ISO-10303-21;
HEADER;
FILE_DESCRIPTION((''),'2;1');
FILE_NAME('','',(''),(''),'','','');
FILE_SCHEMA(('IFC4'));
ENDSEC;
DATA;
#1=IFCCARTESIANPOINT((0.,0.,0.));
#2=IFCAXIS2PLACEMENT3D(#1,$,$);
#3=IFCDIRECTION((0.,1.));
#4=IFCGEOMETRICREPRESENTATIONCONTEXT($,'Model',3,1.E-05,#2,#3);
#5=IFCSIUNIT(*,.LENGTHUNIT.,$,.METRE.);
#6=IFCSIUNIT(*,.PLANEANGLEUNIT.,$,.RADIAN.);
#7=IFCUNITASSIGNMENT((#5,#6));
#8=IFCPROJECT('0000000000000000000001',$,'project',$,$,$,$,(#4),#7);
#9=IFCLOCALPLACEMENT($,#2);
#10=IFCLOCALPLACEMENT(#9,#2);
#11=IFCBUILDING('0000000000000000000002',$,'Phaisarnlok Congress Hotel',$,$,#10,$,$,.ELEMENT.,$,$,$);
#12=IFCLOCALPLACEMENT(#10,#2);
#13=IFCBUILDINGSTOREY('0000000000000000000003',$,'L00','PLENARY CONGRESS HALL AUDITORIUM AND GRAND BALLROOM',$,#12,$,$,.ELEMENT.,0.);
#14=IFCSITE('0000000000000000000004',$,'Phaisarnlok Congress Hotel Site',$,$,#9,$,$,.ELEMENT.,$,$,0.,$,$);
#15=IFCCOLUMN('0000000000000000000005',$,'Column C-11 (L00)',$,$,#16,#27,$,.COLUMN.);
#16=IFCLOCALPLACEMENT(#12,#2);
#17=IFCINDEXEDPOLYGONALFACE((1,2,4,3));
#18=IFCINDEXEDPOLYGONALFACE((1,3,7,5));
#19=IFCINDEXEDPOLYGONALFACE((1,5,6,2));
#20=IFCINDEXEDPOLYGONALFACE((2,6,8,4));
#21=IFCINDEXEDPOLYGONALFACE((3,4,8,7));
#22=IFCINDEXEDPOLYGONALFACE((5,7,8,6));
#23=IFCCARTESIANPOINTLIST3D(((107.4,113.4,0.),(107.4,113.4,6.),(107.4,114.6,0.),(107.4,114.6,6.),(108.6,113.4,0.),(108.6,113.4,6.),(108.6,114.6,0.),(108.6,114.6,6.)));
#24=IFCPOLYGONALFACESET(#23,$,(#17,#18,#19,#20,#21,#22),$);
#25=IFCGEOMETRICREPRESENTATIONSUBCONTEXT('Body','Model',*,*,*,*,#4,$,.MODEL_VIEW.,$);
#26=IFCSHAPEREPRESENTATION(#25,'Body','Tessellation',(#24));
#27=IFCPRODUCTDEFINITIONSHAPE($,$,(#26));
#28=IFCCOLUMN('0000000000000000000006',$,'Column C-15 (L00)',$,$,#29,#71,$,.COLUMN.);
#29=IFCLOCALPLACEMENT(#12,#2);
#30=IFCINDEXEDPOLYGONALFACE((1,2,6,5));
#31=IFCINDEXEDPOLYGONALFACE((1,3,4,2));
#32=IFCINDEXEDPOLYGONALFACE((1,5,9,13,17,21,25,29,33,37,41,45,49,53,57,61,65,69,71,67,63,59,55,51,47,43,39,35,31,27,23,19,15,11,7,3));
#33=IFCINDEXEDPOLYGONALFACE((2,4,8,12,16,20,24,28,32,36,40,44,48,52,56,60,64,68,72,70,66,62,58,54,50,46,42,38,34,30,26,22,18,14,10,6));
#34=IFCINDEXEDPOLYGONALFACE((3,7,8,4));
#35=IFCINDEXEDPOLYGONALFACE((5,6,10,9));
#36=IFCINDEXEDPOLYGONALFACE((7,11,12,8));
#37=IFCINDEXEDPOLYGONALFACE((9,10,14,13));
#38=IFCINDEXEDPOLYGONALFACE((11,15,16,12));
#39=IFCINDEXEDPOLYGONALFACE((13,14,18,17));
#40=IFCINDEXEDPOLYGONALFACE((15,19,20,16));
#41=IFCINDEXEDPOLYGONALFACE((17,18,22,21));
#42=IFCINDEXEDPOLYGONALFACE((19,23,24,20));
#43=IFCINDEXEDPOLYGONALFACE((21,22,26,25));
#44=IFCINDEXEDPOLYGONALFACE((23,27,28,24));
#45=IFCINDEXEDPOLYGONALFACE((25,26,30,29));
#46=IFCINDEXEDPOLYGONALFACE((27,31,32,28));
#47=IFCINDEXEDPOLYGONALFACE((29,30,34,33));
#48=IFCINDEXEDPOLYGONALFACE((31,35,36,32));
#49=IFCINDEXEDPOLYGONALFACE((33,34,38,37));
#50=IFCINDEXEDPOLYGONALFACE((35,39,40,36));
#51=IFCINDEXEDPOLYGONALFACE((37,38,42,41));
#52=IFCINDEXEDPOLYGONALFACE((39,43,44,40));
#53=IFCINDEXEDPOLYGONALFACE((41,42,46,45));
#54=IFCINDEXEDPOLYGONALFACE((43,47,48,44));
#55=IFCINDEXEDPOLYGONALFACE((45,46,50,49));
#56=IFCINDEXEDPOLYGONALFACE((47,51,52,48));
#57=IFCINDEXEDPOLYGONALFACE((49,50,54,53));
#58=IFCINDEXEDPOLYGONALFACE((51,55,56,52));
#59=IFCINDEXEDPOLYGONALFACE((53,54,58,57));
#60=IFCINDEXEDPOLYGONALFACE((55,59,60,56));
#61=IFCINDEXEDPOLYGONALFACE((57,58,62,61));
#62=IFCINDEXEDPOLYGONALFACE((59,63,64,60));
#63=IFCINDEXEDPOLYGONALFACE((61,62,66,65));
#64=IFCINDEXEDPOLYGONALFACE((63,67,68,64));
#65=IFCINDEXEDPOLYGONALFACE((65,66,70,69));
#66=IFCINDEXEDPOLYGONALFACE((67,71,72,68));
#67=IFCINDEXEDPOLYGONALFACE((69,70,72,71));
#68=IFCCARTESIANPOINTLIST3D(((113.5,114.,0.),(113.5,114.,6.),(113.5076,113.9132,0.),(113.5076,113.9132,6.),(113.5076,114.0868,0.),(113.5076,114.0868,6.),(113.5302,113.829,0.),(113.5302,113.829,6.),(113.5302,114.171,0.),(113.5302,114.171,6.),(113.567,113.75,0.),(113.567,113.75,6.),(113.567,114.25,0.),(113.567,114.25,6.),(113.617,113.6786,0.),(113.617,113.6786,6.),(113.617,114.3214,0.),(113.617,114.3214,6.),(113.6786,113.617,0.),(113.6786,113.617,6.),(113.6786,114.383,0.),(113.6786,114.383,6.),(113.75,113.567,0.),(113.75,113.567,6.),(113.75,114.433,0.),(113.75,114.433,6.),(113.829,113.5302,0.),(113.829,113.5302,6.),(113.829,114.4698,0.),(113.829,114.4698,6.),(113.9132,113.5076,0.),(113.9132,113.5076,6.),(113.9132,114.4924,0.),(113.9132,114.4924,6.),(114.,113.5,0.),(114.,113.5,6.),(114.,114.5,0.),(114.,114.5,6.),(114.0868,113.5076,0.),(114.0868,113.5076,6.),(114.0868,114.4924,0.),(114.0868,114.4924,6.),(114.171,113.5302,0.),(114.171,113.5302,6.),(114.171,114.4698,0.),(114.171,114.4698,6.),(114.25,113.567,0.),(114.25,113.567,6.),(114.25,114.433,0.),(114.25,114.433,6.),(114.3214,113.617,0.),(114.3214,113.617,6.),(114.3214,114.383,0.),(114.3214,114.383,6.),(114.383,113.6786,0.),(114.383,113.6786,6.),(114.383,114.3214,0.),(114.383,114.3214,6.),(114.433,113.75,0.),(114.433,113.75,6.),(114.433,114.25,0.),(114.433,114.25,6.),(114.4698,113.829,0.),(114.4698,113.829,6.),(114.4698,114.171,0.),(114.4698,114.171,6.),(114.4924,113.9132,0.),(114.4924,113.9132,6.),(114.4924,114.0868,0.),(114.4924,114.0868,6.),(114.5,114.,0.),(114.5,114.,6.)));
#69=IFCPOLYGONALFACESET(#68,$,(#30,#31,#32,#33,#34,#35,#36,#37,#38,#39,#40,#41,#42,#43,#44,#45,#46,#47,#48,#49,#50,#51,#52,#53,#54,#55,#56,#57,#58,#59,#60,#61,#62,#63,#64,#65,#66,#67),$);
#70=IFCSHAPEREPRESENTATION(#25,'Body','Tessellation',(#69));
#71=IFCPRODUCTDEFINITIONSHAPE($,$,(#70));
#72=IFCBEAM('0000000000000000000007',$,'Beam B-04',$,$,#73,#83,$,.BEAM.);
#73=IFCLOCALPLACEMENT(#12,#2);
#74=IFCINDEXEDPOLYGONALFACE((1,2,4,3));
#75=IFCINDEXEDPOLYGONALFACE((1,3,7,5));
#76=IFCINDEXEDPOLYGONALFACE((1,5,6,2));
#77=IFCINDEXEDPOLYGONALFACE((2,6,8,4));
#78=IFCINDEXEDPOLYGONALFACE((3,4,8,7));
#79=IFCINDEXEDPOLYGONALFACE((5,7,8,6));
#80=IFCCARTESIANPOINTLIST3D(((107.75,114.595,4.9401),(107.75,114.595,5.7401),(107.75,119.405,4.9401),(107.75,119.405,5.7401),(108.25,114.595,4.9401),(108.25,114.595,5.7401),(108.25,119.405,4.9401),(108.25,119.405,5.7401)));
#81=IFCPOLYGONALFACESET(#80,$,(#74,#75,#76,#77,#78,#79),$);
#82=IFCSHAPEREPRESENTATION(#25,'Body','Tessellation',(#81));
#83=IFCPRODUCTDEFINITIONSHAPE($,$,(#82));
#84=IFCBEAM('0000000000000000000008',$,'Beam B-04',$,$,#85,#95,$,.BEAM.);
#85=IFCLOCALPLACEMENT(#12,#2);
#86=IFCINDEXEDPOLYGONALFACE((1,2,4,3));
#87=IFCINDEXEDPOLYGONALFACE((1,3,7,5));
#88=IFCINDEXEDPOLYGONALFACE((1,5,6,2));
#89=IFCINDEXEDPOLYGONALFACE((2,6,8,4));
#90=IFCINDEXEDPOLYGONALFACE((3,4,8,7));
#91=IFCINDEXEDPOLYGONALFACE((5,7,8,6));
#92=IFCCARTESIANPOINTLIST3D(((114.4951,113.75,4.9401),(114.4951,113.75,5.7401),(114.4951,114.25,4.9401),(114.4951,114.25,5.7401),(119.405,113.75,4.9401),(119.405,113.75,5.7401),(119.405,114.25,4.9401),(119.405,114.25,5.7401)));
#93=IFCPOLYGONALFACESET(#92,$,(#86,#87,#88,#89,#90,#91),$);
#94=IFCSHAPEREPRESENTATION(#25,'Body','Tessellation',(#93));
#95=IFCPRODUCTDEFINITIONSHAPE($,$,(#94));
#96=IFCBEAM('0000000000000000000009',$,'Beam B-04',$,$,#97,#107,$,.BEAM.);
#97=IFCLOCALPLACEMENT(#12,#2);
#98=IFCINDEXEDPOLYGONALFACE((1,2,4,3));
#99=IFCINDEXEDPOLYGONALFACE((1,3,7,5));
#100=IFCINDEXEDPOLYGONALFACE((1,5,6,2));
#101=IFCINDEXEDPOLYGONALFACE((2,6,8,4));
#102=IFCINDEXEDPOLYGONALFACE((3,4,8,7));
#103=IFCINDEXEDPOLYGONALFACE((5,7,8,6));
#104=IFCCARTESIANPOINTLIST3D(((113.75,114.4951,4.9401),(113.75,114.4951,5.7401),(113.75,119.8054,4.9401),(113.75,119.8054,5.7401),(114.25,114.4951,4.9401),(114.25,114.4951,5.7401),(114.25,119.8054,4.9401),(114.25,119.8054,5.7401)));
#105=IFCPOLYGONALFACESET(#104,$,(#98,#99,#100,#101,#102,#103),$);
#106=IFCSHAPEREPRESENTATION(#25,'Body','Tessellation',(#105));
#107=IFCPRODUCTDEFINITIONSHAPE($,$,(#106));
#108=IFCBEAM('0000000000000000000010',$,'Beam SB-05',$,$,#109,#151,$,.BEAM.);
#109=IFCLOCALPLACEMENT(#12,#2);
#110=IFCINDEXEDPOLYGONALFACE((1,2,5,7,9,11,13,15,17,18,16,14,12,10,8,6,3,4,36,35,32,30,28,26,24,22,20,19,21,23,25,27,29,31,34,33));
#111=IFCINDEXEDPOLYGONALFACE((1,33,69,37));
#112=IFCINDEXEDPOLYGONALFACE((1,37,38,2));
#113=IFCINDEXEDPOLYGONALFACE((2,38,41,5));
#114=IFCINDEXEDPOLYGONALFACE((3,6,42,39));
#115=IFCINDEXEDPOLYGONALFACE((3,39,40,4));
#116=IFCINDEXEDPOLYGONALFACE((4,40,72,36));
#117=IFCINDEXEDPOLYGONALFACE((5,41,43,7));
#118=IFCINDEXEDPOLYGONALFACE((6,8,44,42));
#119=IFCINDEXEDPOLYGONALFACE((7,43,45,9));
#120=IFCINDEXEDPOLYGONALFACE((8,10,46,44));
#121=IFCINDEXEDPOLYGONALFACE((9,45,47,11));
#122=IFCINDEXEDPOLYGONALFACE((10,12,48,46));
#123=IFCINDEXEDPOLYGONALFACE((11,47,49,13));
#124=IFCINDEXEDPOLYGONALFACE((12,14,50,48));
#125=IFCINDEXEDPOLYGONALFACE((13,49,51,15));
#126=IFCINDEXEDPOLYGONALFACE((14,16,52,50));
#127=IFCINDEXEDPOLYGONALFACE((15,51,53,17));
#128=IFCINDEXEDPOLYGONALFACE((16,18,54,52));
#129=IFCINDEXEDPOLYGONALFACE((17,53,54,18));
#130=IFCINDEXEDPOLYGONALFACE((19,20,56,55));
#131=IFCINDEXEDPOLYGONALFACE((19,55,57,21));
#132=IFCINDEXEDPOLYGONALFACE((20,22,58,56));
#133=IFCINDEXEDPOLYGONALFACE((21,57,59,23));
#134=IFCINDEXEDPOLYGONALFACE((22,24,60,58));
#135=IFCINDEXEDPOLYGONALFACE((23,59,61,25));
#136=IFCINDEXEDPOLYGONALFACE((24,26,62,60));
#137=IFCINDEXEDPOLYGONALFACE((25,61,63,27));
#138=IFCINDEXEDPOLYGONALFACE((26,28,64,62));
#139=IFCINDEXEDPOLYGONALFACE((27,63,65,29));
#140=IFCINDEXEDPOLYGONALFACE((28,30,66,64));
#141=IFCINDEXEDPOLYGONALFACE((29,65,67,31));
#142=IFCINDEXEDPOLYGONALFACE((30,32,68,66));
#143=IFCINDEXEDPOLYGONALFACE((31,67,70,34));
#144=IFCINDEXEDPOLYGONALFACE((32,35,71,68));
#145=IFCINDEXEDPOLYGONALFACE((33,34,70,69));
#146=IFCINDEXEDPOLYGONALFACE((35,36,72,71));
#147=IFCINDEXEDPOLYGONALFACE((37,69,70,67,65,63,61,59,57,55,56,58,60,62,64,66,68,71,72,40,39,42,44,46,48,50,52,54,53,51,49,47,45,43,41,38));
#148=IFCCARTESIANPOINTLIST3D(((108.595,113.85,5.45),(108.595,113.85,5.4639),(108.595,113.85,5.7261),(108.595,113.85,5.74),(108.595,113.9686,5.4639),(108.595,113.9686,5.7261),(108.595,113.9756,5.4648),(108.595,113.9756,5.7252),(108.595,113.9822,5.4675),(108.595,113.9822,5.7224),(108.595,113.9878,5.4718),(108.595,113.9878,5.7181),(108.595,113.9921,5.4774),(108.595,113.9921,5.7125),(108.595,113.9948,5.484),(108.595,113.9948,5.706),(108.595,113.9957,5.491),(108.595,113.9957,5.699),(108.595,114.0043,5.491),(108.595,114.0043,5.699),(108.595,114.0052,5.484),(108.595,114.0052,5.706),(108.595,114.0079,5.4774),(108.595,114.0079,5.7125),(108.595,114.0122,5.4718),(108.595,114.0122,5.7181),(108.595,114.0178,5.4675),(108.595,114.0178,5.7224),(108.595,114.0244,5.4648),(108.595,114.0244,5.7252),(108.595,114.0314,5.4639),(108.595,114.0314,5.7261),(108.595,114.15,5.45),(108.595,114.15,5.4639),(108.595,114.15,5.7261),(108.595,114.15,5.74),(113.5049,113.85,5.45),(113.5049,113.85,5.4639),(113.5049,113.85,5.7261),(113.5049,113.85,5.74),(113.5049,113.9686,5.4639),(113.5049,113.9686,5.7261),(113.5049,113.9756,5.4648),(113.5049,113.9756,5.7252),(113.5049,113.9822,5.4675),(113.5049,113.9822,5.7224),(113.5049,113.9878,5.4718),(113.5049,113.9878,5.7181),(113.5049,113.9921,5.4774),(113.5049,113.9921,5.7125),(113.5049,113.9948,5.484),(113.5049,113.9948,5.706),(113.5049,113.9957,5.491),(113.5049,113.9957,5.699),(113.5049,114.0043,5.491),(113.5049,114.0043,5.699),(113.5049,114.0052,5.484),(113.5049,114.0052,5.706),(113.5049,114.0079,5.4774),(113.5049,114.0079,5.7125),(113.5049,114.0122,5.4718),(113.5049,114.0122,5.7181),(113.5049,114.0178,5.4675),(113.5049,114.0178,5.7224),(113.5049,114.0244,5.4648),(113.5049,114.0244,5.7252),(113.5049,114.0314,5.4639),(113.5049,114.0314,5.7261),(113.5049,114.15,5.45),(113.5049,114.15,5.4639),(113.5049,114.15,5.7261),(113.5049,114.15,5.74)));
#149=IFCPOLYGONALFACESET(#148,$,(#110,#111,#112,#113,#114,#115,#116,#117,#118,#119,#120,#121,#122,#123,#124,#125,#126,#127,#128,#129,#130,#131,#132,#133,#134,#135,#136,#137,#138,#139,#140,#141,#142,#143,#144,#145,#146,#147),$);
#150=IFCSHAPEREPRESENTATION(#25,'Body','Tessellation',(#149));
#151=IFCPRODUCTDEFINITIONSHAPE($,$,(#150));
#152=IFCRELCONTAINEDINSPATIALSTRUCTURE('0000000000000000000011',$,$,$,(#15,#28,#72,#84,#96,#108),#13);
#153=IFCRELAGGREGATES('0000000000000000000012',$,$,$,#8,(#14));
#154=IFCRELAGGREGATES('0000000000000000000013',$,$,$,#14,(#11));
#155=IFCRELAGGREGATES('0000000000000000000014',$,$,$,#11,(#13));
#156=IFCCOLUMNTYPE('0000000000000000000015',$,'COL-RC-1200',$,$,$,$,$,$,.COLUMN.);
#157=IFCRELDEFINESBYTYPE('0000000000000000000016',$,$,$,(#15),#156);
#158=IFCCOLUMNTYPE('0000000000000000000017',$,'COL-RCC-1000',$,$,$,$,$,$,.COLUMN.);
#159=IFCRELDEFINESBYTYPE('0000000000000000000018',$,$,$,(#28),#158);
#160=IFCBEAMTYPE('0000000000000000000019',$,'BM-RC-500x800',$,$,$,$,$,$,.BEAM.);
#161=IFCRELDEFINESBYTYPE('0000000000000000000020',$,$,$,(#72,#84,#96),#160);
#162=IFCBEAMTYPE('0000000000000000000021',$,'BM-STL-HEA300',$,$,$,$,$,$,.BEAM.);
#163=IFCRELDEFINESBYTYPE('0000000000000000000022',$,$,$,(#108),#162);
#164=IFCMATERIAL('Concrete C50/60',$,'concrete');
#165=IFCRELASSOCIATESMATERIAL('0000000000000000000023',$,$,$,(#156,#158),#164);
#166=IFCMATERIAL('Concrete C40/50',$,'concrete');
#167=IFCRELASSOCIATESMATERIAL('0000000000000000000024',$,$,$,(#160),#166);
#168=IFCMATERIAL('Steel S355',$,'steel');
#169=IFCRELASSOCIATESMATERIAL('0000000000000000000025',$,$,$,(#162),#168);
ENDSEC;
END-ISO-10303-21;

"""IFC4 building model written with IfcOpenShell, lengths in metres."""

from ifc_helpers import new_model, si_unit, direction, frame, origin, origin_2d, place, context, subcontext, project, spatial, rectangle, circle, i_section, extrude, material, material_profile, profile_set, type_object, element, save


model = new_model("IFC4")

# Units and contexts
model_context = context("Model", 3, precision=1e-05, world=origin(), true_north=direction((0.0, 1.0)))
body_context = subcontext(model_context, "Body", "Model", "MODEL_VIEW")
ifc_project = project(units=[si_unit("LENGTHUNIT", "METRE"), si_unit("PLANEANGLEUNIT", "RADIAN")], contexts=[model_context])

# Site, building, storey
site_placement = place(None, origin())
site = spatial("IfcSite", under=ifc_project, at=site_placement, Name="Phaisarnlok Congress Hotel Site", CompositionType="ELEMENT", RefElevation=0.0)
building_placement = place(site_placement, origin())
building = spatial("IfcBuilding", under=site, at=building_placement, Name="Phaisarnlok Congress Hotel", CompositionType="ELEMENT")
storey_placement = place(building_placement, origin())
storey = spatial("IfcBuildingStorey", under=building, at=storey_placement, Name="L00", Description="PLENARY CONGRESS HALL AUDITORIUM AND GRAND BALLROOM", CompositionType="ELEMENT", Elevation=0.0)

# Columns
ifc_material_1 = material(Name="Concrete C50/60", Category="concrete")
ifc_material_profile_1 = material_profile(ifc_material_1, rectangle(XDim=1.2, YDim=1.2, at=origin_2d()), Name="RC 1200x1200")
ifc_profile_set_1 = profile_set([ifc_material_profile_1], Name="Concrete C50/60")
column_type_1 = type_object("IfcColumnType", Name="COL-RC-1200", PredefinedType="COLUMN", material=ifc_profile_set_1)
column_1_placement = place(storey_placement, frame((108.0, 114.0, 0.0), z_axis=(0.0, 0.0, 1.0), x_axis=(1.0, 0.0, 0.0)))
element("IfcColumn", 1, at=column_1_placement, inside=storey, type_object=column_type_1, Name="Column C-11 (L00)", PredefinedType="COLUMN", context=body_context, shape_type="SweptSolid", body=[
    extrude(rectangle(XDim=1.2, YDim=1.2, at=origin_2d()), origin(), (0.0, 0.0, 1.0), 6.0),
])
ifc_material_profile_2 = material_profile(ifc_material_1, circle(Radius=0.5, at=origin_2d()), Name="RCC D1000")
ifc_profile_set_2 = profile_set([ifc_material_profile_2], Name="Concrete C50/60")
column_type_2 = type_object("IfcColumnType", Name="COL-RCC-1000", PredefinedType="COLUMN", material=ifc_profile_set_2)
column_2_placement = place(storey_placement, frame((114.0, 114.0, 0.0), z_axis=(0.0, 0.0, 1.0), x_axis=(1.0, 0.0, 0.0)))
element("IfcColumn", 2, at=column_2_placement, inside=storey, type_object=column_type_2, Name="Column C-15 (L00)", PredefinedType="COLUMN", context=body_context, shape_type="SweptSolid", body=[
    extrude(circle(Radius=0.5, at=origin_2d()), origin(), (0.0, 0.0, 1.0), 6.0),
])

# Beams
ifc_material_2 = material(Name="Concrete C40/50", Category="concrete")
ifc_material_profile_3 = material_profile(ifc_material_2, rectangle(XDim=0.5, YDim=0.8, at=origin_2d()), Name="RC 500x800")
ifc_profile_set_3 = profile_set([ifc_material_profile_3], Name="Concrete C40/50")
beam_type_1 = type_object("IfcBeamType", Name="BM-RC-500x800", PredefinedType="BEAM", material=ifc_profile_set_3)
beam_1_placement = place(storey_placement, frame((108.0, 114.595, 5.3401), z_axis=(0.0, 1.0, 0.0), x_axis=(-1.0, 0.0, 0.0)))
element("IfcBeam", 3, at=beam_1_placement, inside=storey, type_object=beam_type_1, Name="Beam B-04", PredefinedType="BEAM", context=body_context, shape_type="SweptSolid", body=[
    extrude(rectangle(XDim=0.5, YDim=0.8, at=origin_2d()), origin(), (0.0, 0.0, 1.0), 4.8101),
])
beam_2_placement = place(storey_placement, frame((114.4951, 114.0, 5.3401), z_axis=(1.0, 0.0, 0.0), x_axis=(0.0, 1.0, 0.0)))
element("IfcBeam", 4, at=beam_2_placement, inside=storey, type_object=beam_type_1, Name="Beam B-04", PredefinedType="BEAM", context=body_context, shape_type="SweptSolid", body=[
    extrude(rectangle(XDim=0.5, YDim=0.8, at=origin_2d()), origin(), (0.0, 0.0, 1.0), 4.9099),
])
beam_3_placement = place(storey_placement, frame((114.0, 114.4951, 5.3401), z_axis=(0.0, 1.0, 0.0), x_axis=(-1.0, 0.0, 0.0)))
element("IfcBeam", 5, at=beam_3_placement, inside=storey, type_object=beam_type_1, Name="Beam B-04", PredefinedType="BEAM", context=body_context, shape_type="SweptSolid", body=[
    extrude(rectangle(XDim=0.5, YDim=0.8, at=origin_2d()), origin(), (0.0, 0.0, 1.0), 5.3103),
])
ifc_material_3 = material(Name="Steel S355", Category="steel")
ifc_material_profile_4 = material_profile(ifc_material_3, i_section(OverallWidth=0.3, OverallDepth=0.29, WebThickness=0.0085, FlangeThickness=0.0139, FilletRadius=0.0271, at=origin_2d()), Name="HEA 300")
ifc_profile_set_4 = profile_set([ifc_material_profile_4], Name="Steel S355")
beam_type_2 = type_object("IfcBeamType", Name="BM-STL-HEA300", PredefinedType="BEAM", material=ifc_profile_set_4)
beam_4_placement = place(storey_placement, frame((108.595, 114.0, 5.595), z_axis=(1.0, 0.0, 0.0), x_axis=(0.0, 1.0, 0.0)))
element("IfcBeam", 6, at=beam_4_placement, inside=storey, type_object=beam_type_2, Name="Beam SB-05", PredefinedType="BEAM", context=body_context, shape_type="SweptSolid", body=[
    extrude(i_section(OverallWidth=0.3, OverallDepth=0.29, WebThickness=0.0085, FlangeThickness=0.0139, FilletRadius=0.0271, at=origin_2d()), origin(), (0.0, 0.0, 1.0), 4.9099),
])

save(model, "model.ifc")
